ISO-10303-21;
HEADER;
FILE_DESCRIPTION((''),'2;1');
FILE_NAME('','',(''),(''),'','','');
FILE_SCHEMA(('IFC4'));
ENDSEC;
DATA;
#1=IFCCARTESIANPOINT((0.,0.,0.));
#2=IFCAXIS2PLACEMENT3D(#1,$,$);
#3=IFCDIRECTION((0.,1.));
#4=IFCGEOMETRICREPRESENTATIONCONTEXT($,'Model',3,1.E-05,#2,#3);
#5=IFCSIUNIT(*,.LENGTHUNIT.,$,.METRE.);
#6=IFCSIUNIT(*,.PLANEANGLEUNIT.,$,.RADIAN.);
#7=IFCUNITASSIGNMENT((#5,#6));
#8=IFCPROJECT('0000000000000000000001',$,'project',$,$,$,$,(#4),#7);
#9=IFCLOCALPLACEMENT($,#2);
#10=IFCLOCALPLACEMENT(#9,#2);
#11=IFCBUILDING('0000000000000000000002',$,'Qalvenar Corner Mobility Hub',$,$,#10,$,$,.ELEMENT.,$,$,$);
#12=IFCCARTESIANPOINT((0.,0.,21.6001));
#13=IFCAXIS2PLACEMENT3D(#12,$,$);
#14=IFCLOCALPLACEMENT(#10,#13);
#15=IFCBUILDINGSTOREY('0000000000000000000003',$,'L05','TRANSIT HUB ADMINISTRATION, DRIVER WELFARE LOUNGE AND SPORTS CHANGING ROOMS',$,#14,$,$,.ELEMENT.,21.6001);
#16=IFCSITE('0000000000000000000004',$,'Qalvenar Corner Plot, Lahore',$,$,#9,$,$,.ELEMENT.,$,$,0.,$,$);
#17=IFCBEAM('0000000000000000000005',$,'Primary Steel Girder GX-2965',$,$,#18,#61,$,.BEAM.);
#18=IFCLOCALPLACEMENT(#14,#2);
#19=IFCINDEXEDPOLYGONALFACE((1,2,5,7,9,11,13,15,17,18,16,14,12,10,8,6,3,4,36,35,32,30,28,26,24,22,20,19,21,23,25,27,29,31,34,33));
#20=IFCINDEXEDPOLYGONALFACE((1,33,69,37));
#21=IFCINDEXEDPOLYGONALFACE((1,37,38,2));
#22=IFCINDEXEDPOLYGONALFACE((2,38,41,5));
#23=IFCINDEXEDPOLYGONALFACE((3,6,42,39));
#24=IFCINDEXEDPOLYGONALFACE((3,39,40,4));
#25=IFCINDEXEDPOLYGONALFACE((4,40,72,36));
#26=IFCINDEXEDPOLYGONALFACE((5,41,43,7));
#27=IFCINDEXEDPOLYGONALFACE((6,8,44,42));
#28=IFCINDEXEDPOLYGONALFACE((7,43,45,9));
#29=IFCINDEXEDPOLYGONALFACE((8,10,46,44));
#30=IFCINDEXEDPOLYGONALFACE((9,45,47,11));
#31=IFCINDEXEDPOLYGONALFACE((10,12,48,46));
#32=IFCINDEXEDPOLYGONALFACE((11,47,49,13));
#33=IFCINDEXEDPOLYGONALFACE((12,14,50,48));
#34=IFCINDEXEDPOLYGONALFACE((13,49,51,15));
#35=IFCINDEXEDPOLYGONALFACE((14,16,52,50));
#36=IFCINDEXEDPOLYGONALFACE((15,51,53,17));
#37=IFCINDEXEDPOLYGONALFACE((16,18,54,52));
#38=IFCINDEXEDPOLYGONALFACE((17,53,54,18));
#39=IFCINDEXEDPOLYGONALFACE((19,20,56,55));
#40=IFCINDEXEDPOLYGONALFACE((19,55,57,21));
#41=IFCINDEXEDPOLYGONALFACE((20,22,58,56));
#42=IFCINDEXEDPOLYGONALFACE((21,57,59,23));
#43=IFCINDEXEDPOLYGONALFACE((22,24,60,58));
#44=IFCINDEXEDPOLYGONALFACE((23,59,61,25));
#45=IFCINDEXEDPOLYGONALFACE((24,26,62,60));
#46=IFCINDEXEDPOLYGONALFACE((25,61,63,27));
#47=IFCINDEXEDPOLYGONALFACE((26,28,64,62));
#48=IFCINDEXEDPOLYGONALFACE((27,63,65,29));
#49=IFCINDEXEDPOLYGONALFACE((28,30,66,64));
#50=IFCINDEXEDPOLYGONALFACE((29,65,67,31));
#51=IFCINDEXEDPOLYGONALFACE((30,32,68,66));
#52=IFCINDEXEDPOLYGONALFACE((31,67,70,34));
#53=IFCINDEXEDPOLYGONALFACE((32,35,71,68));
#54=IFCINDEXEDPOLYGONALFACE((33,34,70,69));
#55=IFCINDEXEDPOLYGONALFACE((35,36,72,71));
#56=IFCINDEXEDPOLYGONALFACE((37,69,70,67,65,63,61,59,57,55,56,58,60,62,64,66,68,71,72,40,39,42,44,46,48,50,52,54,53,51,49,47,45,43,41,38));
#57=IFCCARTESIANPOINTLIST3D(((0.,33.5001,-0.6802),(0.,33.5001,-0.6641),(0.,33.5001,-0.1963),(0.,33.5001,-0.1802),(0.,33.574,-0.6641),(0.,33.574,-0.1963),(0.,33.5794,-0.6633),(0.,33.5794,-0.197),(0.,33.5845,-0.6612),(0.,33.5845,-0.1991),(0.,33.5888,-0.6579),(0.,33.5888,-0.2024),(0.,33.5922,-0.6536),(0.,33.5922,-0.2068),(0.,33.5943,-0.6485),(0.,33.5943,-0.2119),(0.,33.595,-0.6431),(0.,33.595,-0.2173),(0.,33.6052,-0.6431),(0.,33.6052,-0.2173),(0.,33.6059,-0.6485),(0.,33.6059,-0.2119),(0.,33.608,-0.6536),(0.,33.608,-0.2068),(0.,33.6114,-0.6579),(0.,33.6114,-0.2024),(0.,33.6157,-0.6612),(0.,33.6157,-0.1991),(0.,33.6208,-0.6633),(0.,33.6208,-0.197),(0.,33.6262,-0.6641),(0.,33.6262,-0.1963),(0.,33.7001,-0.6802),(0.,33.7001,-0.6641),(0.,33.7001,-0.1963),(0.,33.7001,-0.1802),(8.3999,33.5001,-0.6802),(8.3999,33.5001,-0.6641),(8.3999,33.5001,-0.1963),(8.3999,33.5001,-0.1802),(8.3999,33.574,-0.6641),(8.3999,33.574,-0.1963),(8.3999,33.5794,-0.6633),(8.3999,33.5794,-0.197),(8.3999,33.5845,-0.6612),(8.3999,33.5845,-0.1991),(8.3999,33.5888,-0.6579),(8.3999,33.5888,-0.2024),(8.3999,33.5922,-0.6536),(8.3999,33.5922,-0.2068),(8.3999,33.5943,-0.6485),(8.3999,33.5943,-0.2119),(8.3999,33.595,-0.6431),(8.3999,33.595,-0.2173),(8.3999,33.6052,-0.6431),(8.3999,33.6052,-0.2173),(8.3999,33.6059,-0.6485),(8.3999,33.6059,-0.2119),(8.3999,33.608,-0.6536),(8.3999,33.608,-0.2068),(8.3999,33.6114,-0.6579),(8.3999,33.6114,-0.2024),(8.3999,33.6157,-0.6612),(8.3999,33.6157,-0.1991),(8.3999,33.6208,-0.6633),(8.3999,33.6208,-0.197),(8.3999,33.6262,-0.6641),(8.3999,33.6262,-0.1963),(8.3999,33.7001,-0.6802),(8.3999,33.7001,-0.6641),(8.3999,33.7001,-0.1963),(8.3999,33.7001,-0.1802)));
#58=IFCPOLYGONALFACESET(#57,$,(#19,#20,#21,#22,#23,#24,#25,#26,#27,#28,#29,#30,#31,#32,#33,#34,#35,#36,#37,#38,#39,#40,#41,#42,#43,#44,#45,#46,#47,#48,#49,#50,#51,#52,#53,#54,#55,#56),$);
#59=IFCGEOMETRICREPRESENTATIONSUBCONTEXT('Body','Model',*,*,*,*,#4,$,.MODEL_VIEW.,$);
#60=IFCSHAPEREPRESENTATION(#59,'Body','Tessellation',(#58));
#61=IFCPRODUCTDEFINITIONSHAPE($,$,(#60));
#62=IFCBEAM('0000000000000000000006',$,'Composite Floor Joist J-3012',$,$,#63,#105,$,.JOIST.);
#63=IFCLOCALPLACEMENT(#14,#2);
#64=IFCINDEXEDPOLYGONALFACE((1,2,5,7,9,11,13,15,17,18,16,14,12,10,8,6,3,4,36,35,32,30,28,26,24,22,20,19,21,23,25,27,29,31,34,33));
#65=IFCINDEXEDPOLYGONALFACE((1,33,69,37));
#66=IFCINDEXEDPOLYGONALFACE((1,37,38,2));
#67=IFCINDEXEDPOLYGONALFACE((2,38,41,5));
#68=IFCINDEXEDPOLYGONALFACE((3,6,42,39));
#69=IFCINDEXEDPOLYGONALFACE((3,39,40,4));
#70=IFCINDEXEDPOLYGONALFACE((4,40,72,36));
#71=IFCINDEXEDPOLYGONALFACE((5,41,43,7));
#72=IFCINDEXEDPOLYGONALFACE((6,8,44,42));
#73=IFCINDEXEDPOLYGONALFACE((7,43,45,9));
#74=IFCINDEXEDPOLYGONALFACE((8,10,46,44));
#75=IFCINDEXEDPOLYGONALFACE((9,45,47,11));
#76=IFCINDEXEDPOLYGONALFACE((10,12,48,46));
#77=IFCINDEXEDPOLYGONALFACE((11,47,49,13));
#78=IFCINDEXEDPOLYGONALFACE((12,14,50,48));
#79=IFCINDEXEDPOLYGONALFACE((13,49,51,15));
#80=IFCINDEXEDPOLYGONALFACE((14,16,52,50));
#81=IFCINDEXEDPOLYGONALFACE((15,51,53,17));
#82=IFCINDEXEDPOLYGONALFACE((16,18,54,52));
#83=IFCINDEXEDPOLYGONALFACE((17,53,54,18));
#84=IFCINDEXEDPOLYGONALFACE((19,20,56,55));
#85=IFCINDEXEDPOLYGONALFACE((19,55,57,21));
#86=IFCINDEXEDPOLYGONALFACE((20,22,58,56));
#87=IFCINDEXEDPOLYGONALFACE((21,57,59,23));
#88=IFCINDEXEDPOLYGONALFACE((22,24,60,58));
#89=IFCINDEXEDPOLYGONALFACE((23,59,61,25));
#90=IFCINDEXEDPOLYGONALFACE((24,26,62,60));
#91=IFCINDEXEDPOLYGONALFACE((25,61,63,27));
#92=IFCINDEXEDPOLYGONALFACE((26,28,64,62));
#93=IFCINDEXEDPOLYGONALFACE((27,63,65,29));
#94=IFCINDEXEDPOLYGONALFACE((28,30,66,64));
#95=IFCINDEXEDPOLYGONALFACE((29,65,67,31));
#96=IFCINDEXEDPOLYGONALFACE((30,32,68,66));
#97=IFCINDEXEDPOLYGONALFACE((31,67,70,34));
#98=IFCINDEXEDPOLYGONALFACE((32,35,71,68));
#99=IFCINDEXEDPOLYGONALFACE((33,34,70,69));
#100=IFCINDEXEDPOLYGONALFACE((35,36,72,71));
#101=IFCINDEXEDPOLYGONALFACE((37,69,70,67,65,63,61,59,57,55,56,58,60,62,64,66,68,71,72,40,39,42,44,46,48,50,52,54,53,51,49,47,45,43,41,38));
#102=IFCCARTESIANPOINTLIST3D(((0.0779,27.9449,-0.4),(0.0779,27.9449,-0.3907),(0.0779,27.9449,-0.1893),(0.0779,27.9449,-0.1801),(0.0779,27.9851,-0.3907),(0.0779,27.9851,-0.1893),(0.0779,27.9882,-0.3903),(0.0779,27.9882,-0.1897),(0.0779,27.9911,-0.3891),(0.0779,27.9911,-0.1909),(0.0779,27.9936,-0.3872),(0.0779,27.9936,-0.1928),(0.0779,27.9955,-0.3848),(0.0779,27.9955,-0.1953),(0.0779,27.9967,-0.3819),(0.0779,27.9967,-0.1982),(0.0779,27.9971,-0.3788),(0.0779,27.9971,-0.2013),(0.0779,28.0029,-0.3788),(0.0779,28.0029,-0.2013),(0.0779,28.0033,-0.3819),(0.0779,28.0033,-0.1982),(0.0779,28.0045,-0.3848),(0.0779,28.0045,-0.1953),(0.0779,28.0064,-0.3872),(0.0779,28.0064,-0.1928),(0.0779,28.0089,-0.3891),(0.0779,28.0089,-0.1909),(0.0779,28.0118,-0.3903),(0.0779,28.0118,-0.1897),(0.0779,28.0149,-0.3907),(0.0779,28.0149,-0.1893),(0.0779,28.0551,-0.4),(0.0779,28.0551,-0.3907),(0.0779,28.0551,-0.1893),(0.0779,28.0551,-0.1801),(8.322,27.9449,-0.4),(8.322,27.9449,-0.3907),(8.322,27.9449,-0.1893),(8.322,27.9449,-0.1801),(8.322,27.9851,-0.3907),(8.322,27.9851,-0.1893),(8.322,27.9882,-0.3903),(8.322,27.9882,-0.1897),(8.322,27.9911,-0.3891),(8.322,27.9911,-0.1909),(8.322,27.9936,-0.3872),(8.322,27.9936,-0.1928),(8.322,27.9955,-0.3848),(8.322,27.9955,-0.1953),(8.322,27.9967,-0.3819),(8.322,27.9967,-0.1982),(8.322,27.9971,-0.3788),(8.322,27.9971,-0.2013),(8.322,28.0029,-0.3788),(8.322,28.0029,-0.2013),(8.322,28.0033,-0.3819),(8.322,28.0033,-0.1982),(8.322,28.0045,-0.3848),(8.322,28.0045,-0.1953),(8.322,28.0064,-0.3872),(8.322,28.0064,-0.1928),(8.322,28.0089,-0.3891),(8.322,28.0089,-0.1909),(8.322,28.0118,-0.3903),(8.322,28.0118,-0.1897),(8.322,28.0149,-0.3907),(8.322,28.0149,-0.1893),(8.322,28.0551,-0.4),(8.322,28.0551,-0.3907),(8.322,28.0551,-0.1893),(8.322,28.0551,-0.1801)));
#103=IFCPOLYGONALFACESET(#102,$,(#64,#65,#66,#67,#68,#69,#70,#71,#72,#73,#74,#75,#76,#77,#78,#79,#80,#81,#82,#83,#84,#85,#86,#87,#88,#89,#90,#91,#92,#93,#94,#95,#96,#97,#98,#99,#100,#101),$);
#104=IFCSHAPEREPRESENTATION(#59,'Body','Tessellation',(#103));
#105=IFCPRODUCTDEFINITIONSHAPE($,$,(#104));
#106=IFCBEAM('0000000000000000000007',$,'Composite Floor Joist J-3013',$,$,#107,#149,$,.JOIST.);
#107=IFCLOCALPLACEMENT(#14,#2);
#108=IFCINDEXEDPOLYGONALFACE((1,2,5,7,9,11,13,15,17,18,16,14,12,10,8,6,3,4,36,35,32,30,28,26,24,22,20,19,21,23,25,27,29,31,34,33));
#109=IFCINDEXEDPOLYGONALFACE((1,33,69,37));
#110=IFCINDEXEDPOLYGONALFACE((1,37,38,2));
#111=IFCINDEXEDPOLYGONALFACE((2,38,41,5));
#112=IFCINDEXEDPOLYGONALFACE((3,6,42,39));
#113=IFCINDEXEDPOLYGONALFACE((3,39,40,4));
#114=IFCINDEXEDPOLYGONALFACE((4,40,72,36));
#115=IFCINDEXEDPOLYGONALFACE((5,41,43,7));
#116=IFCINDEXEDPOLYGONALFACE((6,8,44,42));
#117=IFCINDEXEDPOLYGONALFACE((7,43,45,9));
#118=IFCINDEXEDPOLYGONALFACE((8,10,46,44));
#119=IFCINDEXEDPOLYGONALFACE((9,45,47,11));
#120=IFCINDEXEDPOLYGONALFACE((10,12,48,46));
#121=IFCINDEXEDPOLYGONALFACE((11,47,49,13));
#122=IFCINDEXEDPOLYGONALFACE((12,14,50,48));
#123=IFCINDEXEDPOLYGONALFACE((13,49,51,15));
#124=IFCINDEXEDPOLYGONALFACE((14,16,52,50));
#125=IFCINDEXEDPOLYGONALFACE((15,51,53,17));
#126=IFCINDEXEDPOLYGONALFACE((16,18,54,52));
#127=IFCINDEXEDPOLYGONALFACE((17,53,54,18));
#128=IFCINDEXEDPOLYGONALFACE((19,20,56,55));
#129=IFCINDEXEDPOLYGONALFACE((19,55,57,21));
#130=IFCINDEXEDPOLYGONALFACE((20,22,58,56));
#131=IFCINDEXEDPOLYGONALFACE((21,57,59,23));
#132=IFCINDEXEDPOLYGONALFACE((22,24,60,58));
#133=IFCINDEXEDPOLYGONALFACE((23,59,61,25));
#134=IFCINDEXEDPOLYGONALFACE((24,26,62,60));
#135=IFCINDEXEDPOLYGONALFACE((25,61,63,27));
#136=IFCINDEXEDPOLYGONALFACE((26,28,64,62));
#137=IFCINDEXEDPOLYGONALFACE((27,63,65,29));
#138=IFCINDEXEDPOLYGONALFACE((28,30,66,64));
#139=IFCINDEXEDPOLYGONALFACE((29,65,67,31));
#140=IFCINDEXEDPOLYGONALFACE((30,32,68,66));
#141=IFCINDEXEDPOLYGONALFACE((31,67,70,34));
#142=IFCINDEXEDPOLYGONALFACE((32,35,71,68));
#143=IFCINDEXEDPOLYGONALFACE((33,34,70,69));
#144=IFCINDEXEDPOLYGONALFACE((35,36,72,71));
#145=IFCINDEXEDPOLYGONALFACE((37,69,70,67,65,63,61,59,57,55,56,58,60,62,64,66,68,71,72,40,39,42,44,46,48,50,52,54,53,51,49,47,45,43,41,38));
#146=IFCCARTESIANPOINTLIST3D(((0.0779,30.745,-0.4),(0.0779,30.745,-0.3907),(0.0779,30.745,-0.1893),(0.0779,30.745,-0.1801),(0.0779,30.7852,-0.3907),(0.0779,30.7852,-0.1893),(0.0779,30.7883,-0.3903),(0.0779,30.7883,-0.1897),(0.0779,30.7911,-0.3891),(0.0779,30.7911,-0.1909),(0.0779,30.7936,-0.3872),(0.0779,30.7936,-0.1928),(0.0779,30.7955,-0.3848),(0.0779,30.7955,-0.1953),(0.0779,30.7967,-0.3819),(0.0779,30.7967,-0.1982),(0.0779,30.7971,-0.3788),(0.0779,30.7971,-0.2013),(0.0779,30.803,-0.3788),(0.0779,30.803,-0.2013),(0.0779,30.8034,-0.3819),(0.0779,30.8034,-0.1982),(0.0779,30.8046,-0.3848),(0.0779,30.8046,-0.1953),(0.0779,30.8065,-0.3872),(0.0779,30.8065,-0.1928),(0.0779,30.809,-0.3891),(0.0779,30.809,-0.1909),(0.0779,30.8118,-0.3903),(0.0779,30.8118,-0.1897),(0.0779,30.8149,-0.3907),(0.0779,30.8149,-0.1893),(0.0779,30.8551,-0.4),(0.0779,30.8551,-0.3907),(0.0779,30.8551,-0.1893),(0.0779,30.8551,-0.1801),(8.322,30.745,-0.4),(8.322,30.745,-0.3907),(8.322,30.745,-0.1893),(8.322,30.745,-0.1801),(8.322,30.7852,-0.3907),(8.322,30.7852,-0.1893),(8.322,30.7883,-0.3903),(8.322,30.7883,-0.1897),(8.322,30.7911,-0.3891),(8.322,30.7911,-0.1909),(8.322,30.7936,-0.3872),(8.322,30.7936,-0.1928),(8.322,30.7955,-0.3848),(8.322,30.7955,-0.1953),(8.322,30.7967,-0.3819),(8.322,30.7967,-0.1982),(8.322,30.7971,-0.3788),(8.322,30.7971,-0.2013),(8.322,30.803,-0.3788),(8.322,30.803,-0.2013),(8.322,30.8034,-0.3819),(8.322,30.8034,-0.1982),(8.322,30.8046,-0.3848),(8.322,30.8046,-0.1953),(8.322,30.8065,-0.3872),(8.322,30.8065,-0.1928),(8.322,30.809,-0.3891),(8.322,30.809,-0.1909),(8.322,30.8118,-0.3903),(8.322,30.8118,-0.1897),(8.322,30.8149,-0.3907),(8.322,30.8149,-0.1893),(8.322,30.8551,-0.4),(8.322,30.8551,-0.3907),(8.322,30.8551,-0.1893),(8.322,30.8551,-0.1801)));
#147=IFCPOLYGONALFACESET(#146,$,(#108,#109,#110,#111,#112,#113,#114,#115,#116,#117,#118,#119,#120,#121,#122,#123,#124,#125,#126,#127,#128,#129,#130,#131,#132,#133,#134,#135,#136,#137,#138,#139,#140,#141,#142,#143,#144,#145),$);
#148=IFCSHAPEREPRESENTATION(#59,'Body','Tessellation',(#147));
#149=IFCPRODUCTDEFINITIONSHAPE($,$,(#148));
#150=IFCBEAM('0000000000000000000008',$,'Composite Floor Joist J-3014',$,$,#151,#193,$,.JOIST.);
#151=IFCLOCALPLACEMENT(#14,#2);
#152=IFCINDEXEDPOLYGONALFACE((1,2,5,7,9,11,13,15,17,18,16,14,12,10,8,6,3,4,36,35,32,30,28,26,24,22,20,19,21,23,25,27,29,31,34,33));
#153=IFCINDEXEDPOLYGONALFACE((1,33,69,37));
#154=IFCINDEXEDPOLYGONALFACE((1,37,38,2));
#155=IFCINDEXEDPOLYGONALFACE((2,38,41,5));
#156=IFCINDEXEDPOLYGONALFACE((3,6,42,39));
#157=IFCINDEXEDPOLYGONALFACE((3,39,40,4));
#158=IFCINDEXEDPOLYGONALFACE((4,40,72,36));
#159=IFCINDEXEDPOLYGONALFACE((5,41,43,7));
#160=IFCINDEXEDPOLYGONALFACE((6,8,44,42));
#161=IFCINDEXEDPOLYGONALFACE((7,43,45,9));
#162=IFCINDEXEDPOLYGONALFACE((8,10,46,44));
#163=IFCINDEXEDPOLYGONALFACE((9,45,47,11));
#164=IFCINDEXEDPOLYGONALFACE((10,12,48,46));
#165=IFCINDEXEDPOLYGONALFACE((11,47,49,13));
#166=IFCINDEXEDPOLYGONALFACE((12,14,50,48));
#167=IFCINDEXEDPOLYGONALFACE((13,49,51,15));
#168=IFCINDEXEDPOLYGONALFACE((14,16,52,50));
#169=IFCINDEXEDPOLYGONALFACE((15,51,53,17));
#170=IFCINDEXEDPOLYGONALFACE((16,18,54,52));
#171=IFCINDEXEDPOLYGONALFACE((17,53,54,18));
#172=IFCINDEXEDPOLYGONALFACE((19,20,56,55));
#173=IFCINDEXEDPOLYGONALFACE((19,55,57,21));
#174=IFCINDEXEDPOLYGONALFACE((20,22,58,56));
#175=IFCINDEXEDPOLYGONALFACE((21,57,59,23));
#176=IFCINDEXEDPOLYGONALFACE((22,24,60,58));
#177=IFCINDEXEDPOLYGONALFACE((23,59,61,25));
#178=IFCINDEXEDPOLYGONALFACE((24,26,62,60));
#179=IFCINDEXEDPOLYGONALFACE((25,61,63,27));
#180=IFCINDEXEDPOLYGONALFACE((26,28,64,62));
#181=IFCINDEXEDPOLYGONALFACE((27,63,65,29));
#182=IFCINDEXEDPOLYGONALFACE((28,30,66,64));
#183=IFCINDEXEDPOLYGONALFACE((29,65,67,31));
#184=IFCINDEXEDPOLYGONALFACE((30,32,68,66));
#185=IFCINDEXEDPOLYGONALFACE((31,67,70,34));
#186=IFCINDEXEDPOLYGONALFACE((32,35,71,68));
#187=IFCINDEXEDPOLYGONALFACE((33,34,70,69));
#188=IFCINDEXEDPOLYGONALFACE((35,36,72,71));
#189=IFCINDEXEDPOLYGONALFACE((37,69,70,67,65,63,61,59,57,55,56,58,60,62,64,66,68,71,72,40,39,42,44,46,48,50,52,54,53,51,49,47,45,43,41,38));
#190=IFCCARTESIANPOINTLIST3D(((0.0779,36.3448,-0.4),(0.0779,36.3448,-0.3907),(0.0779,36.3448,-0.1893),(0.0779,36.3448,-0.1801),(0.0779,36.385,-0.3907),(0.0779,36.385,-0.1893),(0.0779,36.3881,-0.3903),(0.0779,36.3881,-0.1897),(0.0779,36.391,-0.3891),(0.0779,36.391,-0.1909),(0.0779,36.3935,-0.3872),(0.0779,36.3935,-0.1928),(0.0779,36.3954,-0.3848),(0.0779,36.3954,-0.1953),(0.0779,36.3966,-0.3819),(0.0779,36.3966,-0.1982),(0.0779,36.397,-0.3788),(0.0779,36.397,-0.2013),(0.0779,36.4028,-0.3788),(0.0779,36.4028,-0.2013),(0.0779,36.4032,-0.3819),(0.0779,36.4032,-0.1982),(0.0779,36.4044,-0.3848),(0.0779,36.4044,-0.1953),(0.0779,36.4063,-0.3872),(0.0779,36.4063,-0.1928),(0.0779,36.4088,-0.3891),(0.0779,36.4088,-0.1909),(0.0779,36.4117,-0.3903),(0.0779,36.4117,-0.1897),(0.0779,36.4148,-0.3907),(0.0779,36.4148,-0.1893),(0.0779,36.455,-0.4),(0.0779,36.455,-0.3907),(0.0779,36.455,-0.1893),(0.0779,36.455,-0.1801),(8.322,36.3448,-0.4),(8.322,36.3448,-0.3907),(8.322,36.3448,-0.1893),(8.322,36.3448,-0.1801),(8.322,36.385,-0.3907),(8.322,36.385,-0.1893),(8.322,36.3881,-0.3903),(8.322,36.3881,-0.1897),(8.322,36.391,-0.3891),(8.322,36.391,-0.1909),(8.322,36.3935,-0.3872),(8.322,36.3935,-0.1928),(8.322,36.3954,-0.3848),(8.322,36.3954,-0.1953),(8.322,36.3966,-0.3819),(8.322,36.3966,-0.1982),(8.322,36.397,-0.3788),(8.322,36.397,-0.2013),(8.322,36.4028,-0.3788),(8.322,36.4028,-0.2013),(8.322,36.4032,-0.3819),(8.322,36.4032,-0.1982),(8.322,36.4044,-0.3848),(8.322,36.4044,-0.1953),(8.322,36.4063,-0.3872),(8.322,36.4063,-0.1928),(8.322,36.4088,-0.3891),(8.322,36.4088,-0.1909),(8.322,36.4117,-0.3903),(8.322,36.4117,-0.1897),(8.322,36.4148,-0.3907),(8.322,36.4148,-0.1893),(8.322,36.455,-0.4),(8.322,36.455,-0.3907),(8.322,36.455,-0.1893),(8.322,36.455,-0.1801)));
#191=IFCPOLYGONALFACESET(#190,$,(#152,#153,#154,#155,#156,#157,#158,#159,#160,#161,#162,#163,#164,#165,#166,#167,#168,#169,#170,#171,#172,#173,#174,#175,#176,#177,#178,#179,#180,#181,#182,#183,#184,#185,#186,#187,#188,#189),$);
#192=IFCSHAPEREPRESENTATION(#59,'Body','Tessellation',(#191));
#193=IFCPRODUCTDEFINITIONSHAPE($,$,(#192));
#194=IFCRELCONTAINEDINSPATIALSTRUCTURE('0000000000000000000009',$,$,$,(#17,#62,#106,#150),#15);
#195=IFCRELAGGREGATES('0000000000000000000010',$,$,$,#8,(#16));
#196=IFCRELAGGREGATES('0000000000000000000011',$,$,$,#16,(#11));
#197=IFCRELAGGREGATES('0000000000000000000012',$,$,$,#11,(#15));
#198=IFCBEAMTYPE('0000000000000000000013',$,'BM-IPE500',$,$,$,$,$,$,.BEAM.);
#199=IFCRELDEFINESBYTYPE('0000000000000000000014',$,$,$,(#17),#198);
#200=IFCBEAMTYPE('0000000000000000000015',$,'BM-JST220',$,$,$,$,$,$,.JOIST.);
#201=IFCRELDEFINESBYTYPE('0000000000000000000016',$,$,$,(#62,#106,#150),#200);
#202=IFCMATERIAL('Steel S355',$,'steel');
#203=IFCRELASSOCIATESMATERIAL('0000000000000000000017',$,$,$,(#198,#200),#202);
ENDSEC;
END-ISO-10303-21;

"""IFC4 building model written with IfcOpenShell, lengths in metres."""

from ifc_helpers import new_model, si_unit, direction, frame, origin, origin_2d, place, context, subcontext, project, spatial, i_section, extrude, material, material_profile, profile_set, type_object, element, save


model = new_model("IFC4")

# Units and contexts
model_context = context("Model", 3, precision=1e-05, world=origin(), true_north=direction((0.0, 1.0)))
body_context = subcontext(model_context, "Body", "Model", "MODEL_VIEW")
ifc_project = project(units=[si_unit("LENGTHUNIT", "METRE"), si_unit("PLANEANGLEUNIT", "RADIAN")], contexts=[model_context])

# Site, building, storey
site_placement = place(None, origin())
site = spatial("IfcSite", under=ifc_project, at=site_placement, Name="Qalvenar Corner Plot, Lahore", CompositionType="ELEMENT", RefElevation=0.0)
building_placement = place(site_placement, origin())
building = spatial("IfcBuilding", under=site, at=building_placement, Name="Qalvenar Corner Mobility Hub", CompositionType="ELEMENT")
storey_placement = place(building_placement, frame((0.0, 0.0, 21.6001)))
storey = spatial("IfcBuildingStorey", under=building, at=storey_placement, Name="L05", Description="TRANSIT HUB ADMINISTRATION, DRIVER WELFARE LOUNGE AND SPORTS CHANGING ROOMS", CompositionType="ELEMENT", Elevation=21.6001)

# Shared definitions
ifc_material_1 = material(Name="Steel S355", Category="steel")

# Beams
ifc_material_profile_1 = material_profile(ifc_material_1, i_section(OverallWidth=0.2, OverallDepth=0.5, WebThickness=0.0103, FlangeThickness=0.0161, FilletRadius=0.021, at=origin_2d()), Name="IPE500")
ifc_profile_set_1 = profile_set([ifc_material_profile_1], Name="Steel S355")
beam_type_1 = type_object("IfcBeamType", Name="BM-IPE500", PredefinedType="BEAM", material=ifc_profile_set_1)
for number, where, z_axis, x_axis, name in (
    (1, (0.0, 33.6001, -0.4302), (1.0, 0.0, 0.0), (0.0, 1.0, 0.0), "Primary Steel Girder GX-2965"),
):
    element("IfcBeam", number, at=place(storey_placement, frame(where, z_axis=z_axis, x_axis=x_axis)), inside=storey, type_object=beam_type_1, Name=name, PredefinedType="BEAM", context=body_context, shape_type="SweptSolid", body=[
        extrude(i_section(OverallWidth=0.2, OverallDepth=0.5, WebThickness=0.0103, FlangeThickness=0.0161, FilletRadius=0.021, at=origin_2d()), origin(), (0.0, 0.0, 1.0), 8.3999),
    ])
ifc_material_profile_2 = material_profile(ifc_material_1, i_section(OverallWidth=0.1101, OverallDepth=0.22, WebThickness=0.0059, FlangeThickness=0.0093, FilletRadius=0.012, at=origin_2d()), Name="IPE220")
ifc_profile_set_2 = profile_set([ifc_material_profile_2], Name="Steel S355")
beam_type_2 = type_object("IfcBeamType", Name="BM-JST220", PredefinedType="JOIST", material=ifc_profile_set_2)
for number, where, z_axis, x_axis, name in (
    (2, (0.0779, 28.0, -0.29), (1.0, 0.0, 0.0), (0.0, 1.0, 0.0), "Composite Floor Joist J-3012"),
    (3, (0.0779, 30.8, -0.29), (1.0, 0.0, 0.0), (0.0, 1.0, 0.0), "Composite Floor Joist J-3013"),
    (4, (0.0779, 36.3999, -0.29), (1.0, 0.0, 0.0), (0.0, 1.0, 0.0), "Composite Floor Joist J-3014"),
):
    element("IfcBeam", number, at=place(storey_placement, frame(where, z_axis=z_axis, x_axis=x_axis)), inside=storey, type_object=beam_type_2, Name=name, PredefinedType="JOIST", context=body_context, shape_type="SweptSolid", body=[
        extrude(i_section(OverallWidth=0.1101, OverallDepth=0.22, WebThickness=0.0059, FlangeThickness=0.0093, FilletRadius=0.012, at=origin_2d()), origin(), (0.0, 0.0, 1.0), 8.2441),
    ])

save(model, "model.ifc")
